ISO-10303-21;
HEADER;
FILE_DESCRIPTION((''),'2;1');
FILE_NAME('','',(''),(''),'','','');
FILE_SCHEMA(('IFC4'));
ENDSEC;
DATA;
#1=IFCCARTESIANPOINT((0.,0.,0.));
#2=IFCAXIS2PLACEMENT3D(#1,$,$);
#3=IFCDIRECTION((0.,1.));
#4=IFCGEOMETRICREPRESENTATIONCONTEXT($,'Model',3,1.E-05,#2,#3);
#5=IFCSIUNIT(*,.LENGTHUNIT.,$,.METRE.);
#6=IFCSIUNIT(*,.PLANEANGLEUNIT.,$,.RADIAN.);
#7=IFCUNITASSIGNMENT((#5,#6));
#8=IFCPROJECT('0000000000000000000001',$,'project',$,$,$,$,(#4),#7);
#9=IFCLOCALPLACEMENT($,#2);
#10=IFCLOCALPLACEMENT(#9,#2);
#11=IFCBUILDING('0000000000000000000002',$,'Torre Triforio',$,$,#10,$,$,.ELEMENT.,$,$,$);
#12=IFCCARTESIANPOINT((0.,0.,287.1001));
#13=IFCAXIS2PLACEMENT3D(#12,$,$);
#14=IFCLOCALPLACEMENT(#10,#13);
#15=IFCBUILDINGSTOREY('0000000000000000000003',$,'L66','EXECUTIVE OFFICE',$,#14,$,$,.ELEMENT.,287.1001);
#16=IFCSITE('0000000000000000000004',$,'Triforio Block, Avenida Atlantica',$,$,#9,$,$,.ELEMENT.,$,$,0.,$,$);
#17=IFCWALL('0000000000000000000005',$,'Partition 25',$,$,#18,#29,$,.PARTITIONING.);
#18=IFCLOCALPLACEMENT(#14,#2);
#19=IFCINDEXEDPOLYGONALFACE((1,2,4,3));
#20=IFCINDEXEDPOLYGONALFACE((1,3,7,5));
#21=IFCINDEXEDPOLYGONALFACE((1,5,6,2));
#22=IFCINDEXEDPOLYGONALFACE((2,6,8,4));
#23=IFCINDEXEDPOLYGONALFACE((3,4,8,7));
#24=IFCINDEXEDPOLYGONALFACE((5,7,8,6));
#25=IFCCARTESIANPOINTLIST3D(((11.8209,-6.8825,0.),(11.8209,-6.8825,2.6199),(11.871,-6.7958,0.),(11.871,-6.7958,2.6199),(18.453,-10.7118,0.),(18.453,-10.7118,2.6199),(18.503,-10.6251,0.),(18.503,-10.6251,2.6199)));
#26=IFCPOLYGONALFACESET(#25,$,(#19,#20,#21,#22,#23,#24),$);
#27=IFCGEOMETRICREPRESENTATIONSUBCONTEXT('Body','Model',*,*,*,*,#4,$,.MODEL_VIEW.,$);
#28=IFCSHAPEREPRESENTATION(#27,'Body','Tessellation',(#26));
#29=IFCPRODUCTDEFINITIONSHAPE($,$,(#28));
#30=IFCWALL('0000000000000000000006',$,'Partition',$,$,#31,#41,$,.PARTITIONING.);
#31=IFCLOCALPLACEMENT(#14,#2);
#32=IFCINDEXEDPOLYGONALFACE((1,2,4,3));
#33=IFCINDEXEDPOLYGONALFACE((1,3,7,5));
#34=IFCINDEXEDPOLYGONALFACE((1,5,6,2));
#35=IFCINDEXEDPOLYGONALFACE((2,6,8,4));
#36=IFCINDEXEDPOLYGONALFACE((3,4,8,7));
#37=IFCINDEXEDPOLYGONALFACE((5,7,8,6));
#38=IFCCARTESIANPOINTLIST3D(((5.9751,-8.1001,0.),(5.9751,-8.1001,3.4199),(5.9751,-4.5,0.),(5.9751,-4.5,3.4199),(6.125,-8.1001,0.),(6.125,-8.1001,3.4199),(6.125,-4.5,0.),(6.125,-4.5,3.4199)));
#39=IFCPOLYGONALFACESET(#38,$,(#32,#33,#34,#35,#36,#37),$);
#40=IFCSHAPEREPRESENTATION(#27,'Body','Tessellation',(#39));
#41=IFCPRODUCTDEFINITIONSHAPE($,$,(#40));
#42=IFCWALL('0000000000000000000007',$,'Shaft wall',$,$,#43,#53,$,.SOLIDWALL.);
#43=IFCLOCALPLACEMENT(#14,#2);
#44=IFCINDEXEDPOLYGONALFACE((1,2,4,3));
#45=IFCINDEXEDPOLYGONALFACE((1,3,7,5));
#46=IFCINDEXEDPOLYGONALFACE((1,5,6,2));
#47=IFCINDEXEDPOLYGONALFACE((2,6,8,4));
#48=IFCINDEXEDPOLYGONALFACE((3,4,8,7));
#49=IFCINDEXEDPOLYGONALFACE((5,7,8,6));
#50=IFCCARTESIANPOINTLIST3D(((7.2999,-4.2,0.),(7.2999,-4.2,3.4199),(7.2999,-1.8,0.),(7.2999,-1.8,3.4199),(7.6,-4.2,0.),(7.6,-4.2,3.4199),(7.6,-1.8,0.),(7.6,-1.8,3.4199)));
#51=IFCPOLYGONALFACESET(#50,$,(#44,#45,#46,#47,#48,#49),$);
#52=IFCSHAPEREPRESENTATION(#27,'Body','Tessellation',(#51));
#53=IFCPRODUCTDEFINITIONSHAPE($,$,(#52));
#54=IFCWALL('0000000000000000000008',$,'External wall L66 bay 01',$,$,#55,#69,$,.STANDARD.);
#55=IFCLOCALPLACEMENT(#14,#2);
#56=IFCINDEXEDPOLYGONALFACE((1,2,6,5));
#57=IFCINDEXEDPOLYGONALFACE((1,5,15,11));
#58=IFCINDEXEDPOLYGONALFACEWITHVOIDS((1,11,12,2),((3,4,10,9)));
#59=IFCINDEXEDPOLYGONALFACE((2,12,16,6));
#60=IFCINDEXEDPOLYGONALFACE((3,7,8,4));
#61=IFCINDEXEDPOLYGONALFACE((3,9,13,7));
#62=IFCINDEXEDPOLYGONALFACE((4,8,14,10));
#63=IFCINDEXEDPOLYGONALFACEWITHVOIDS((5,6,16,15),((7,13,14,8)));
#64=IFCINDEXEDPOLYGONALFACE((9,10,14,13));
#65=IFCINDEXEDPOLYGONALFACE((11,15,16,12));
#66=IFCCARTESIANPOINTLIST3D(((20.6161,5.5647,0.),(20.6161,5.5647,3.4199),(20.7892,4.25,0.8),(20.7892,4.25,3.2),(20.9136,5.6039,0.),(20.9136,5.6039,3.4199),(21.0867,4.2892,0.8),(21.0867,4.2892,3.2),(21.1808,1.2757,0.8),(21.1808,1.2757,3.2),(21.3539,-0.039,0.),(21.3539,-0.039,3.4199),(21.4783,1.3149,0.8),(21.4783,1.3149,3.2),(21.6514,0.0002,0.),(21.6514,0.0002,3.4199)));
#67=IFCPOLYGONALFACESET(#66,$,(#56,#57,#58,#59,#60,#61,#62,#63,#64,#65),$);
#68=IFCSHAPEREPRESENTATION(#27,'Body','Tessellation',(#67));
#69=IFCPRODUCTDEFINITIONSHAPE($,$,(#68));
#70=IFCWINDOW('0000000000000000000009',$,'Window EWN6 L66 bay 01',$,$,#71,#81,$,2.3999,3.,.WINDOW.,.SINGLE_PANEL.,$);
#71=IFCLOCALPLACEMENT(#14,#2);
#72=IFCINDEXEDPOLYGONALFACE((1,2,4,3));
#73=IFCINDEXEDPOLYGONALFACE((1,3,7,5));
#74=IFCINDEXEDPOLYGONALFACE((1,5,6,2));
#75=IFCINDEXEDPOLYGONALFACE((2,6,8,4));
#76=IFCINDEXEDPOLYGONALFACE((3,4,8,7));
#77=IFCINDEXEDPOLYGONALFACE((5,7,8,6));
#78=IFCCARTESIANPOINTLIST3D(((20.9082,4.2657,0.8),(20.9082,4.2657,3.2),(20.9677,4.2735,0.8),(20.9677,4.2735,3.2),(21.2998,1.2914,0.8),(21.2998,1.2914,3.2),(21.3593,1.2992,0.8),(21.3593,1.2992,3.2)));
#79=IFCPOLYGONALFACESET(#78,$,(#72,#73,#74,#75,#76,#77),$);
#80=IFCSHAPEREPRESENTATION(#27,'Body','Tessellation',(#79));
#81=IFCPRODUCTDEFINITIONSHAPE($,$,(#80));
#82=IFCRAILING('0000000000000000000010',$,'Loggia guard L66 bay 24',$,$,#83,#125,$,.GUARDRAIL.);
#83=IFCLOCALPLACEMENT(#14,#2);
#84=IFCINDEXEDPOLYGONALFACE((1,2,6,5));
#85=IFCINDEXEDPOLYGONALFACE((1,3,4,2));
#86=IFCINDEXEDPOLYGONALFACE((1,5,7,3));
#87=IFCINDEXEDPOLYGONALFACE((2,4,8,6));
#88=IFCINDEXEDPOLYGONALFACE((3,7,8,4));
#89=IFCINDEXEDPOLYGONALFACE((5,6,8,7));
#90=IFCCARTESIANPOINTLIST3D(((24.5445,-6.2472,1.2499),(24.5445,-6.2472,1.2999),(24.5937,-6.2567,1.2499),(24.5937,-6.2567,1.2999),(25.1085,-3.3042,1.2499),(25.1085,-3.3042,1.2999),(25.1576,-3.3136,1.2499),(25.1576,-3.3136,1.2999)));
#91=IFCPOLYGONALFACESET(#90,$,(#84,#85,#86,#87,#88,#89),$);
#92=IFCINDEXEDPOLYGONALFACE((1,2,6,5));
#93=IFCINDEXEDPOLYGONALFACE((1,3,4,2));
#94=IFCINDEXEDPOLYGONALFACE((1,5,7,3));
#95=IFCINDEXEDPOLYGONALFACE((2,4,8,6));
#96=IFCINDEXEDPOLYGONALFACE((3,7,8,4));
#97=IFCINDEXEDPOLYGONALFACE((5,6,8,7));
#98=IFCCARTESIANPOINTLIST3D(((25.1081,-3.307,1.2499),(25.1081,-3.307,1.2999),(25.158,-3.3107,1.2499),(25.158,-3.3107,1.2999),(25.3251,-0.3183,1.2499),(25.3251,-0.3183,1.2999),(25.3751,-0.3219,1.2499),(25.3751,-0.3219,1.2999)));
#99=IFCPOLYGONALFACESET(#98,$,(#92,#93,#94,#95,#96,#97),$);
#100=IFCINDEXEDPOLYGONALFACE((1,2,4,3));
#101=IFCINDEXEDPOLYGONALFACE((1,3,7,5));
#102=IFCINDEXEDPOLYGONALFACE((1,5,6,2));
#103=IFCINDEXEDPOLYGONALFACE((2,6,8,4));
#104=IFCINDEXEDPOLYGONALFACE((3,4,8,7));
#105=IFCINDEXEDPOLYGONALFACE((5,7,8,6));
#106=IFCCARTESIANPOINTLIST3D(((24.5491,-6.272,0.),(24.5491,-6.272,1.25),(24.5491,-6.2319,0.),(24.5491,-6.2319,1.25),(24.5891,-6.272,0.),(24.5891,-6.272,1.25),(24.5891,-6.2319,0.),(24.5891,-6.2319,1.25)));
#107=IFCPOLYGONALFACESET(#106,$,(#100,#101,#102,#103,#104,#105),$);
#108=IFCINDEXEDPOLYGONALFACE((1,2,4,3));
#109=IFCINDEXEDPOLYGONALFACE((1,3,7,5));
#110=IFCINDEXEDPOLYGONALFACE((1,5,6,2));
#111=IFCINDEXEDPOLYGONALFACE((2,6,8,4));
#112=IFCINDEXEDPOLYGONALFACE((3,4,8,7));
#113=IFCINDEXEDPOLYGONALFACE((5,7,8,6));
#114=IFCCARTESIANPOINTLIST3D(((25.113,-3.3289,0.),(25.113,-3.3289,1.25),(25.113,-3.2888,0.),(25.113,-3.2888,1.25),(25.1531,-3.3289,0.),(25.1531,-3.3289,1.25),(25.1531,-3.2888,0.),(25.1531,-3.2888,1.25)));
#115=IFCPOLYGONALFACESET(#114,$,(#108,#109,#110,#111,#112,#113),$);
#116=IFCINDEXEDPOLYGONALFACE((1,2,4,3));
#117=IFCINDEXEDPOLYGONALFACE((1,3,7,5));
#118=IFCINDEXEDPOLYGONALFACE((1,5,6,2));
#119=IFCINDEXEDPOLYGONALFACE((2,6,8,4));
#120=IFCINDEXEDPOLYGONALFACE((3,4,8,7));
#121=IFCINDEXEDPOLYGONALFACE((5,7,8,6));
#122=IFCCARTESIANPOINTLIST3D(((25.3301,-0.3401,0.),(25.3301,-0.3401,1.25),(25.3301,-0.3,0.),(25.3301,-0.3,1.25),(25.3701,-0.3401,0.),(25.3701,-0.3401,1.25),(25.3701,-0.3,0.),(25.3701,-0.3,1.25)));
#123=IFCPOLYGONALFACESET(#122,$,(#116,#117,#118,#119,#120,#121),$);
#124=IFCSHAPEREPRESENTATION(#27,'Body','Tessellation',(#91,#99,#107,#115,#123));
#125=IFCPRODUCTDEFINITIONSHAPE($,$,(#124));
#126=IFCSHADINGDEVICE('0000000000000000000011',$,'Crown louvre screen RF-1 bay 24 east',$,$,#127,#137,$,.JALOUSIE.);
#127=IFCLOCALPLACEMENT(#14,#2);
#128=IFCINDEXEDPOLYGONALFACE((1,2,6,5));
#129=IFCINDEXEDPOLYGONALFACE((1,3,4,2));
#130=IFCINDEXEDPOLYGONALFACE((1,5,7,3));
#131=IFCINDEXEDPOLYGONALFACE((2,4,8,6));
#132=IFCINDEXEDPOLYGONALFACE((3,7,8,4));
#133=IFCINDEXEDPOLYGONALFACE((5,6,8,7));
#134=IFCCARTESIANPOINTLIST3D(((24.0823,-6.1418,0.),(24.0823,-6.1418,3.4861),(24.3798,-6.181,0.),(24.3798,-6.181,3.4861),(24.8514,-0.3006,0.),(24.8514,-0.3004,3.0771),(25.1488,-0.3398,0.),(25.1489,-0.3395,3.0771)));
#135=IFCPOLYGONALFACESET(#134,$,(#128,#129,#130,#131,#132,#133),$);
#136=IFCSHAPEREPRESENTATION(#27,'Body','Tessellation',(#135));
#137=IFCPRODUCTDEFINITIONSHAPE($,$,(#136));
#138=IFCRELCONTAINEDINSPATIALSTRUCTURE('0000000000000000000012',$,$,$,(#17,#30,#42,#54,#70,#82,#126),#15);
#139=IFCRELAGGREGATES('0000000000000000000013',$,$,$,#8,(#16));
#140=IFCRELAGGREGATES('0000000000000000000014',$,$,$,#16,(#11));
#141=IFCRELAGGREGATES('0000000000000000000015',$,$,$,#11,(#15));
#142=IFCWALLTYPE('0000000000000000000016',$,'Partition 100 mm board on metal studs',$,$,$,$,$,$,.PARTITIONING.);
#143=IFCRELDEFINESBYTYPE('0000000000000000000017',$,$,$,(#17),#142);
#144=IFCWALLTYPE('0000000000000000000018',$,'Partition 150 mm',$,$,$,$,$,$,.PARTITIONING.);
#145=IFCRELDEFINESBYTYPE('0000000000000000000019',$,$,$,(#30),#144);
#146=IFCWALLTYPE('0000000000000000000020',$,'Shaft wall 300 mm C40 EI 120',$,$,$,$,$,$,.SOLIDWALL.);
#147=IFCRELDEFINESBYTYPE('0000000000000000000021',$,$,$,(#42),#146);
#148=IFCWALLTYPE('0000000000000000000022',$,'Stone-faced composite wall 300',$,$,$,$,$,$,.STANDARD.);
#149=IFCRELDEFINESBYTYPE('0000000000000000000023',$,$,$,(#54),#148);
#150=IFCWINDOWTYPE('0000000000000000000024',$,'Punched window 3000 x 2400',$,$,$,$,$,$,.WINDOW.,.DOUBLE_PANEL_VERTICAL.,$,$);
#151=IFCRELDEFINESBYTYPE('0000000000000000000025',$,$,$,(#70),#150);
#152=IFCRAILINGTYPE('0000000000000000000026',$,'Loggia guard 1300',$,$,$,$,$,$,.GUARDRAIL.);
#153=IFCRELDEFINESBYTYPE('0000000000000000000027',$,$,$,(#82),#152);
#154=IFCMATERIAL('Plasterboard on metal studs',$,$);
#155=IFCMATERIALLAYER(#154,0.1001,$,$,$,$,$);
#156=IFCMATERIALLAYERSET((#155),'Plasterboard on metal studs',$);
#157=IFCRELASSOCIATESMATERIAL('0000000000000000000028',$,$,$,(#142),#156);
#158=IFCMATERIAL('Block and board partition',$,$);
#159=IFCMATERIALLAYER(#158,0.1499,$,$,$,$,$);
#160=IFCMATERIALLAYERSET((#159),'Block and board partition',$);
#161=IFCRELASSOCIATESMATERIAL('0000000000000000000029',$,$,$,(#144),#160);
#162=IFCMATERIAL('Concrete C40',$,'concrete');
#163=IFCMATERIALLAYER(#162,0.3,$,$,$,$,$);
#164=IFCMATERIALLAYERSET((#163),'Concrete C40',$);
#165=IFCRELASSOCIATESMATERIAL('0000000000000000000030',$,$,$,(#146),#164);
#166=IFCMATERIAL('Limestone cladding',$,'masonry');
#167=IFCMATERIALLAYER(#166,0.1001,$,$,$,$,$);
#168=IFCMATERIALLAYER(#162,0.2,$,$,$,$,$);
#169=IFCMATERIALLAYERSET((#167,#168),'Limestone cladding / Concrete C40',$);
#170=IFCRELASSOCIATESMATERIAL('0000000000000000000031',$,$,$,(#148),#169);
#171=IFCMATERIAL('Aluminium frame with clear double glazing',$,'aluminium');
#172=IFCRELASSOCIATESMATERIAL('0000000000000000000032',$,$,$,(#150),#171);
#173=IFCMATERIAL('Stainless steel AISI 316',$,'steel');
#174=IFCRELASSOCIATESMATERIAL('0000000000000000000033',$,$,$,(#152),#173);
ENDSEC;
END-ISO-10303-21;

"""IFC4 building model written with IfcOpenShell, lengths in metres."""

from ifc_helpers import new_model, si_unit, direction, frame, frame_2d, origin, origin_2d, place, context, subcontext, project, spatial, polyline, rectangle, outline, extrude, material, layer, layer_set, type_object, element, fill, save


model = new_model("IFC4")

# Units and contexts
model_context = context("Model", 3, precision=1e-05, world=origin(), true_north=direction((0.0, 1.0)))
body_context = subcontext(model_context, "Body", "Model", "MODEL_VIEW")
ifc_project = project(units=[si_unit("LENGTHUNIT", "METRE"), si_unit("PLANEANGLEUNIT", "RADIAN")], contexts=[model_context])

# Site, building, storey
site_placement = place(None, origin())
site = spatial("IfcSite", under=ifc_project, at=site_placement, Name="Triforio Block, Avenida Atlantica", CompositionType="ELEMENT", RefElevation=0.0)
building_placement = place(site_placement, origin())
building = spatial("IfcBuilding", under=site, at=building_placement, Name="Torre Triforio", CompositionType="ELEMENT")
storey_placement = place(building_placement, frame((0.0, 0.0, 287.1001)))
storey = spatial("IfcBuildingStorey", under=building, at=storey_placement, Name="L66", Description="EXECUTIVE OFFICE", CompositionType="ELEMENT", Elevation=287.1001)

# Shared definitions
ifc_material_1 = material(Name="Concrete C40", Category="concrete")

# Shared definitions
ifc_material_2 = material(Name="Plasterboard on metal studs")

# Walls
ifc_layer_1 = layer(ifc_material_2, 0.1001)
ifc_layer_set_1 = layer_set([ifc_layer_1], Name="Plasterboard on metal studs")
wall_type_1 = type_object("IfcWallType", Name="Partition 100 mm board on metal studs", PredefinedType="PARTITIONING", material=ifc_layer_set_1)
wall_1_placement = place(storey_placement, frame((11.8459, -6.8391, 0.0), z_axis=(0.0, 0.0, 1.0), x_axis=(0.866008, -0.500031, 0.0)))
element("IfcWall", 1, at=wall_1_placement, inside=storey, type_object=wall_type_1, Name="Partition 25", PredefinedType="PARTITIONING", context=body_context, shape_type="SweptSolid", body=[
    extrude(rectangle(XDim=7.6582, YDim=0.1001, at=frame_2d((3.8291, 0.0))), origin(), (0.0, 0.0, 1.0), 2.6199),
])
ifc_material_3 = material(Name="Block and board partition")
ifc_layer_2 = layer(ifc_material_3, 0.1499)
ifc_layer_set_2 = layer_set([ifc_layer_2], Name="Block and board partition")
wall_type_2 = type_object("IfcWallType", Name="Partition 150 mm", PredefinedType="PARTITIONING", material=ifc_layer_set_2)
wall_2_placement = place(storey_placement, frame((6.05, -8.1001, 0.0), z_axis=(0.0, 0.0, 1.0), x_axis=(0.0, 1.0, 0.0)))
element("IfcWall", 2, at=wall_2_placement, inside=storey, type_object=wall_type_2, Name="Partition", PredefinedType="PARTITIONING", context=body_context, shape_type="SweptSolid", body=[
    extrude(rectangle(XDim=3.6001, YDim=0.1499, at=frame_2d((1.8, 0.0))), origin(), (0.0, 0.0, 1.0), 3.4199),
])
ifc_layer_3 = layer(ifc_material_1, 0.3)
ifc_layer_set_3 = layer_set([ifc_layer_3], Name="Concrete C40")
wall_type_3 = type_object("IfcWallType", Name="Shaft wall 300 mm C40 EI 120", PredefinedType="SOLIDWALL", material=ifc_layer_set_3)
wall_3_placement = place(storey_placement, frame((7.45, -4.2, 0.0), z_axis=(0.0, 0.0, 1.0), x_axis=(0.0, 1.0, 0.0)))
element("IfcWall", 3, at=wall_3_placement, inside=storey, type_object=wall_type_3, Name="Shaft wall", PredefinedType="SOLIDWALL", context=body_context, shape_type="SweptSolid", body=[
    extrude(rectangle(XDim=2.3999, YDim=0.3, at=frame_2d((1.2, 0.0))), origin(), (0.0, 0.0, 1.0), 3.4199),
])

# Wall, opening, window
ifc_material_4 = material(Name="Limestone cladding", Category="masonry")
ifc_layer_4 = layer(ifc_material_4, 0.1001)
ifc_layer_5 = layer(ifc_material_1, 0.2)
ifc_layer_set_4 = layer_set([ifc_layer_4, ifc_layer_5], Name="Limestone cladding / Concrete C40")
wall_type_4 = type_object("IfcWallType", Name="Stone-faced composite wall 300", PredefinedType="STANDARD", material=ifc_layer_set_4)
wall_4_placement = place(storey_placement, frame((21.5027, -0.0195, 0.0), z_axis=(0.0, 0.0, 1.0), x_axis=(-0.130534, 0.991444, 0.0)))
wall_4 = element("IfcWall", 4, at=wall_4_placement, inside=storey, type_object=wall_type_4, Name="External wall L66 bay 01", PredefinedType="STANDARD", context=body_context, shape_type="SweptSolid", body=[
    extrude(rectangle(XDim=5.6521, YDim=0.3, at=frame_2d((2.8262, 0.0))), origin(), (0.0, 0.0, 1.0), 3.4199),
])
opening_1_placement = place(wall_4_placement, frame((1.3262, 0.0, 0.8)))
opening_1 = element("IfcOpeningElement", 5, at=opening_1_placement, cuts=wall_4, PredefinedType="OPENING", context=body_context, shape_type="SweptSolid", body=[
    extrude(rectangle(XDim=3.0, YDim=2.3999, at=frame_2d((1.5, 1.2))), frame((0.0, 0.1599, 0.0), z_axis=(0.0, -1.0, 0.0), x_axis=(1.0, 0.0, 0.0)), (0.0, 0.0, 1.0), 0.3201),
])
ifc_material_5 = material(Name="Aluminium frame with clear double glazing", Category="aluminium")
window_type_1 = type_object("IfcWindowType", Name="Punched window 3000 x 2400", PartitioningType="DOUBLE_PANEL_VERTICAL", PredefinedType="WINDOW", material=ifc_material_5)
window_1_placement = place(opening_1_placement, origin())
window_1 = element("IfcWindow", 6, at=window_1_placement, inside=storey, type_object=window_type_1, Name="Window EWN6 L66 bay 01", OverallHeight=2.3999, OverallWidth=3.0, PartitioningType="SINGLE_PANEL", PredefinedType="WINDOW", context=body_context, shape_type="SweptSolid", body=[
    extrude(rectangle(XDim=3.0, YDim=2.3999, at=frame_2d((1.5, 1.2))), frame((0.0, 0.03, 0.0), z_axis=(0.0, -1.0, 0.0), x_axis=(1.0, 0.0, 0.0)), (0.0, 0.0, 1.0), 0.0601),
])
fill(opening_1, window_1)

# Railing
ifc_material_6 = material(Name="Stainless steel AISI 316", Category="steel")
railing_type = type_object("IfcRailingType", Name="Loggia guard 1300", PredefinedType="GUARDRAIL", material=ifc_material_6)
railing_placement = place(storey_placement, frame((24.5691, -6.252, 0.0)))
element("IfcRailing", 7, at=railing_placement, inside=storey, type_object=railing_type, Name="Loggia guard L66 bay 24", PredefinedType="GUARDRAIL", context=body_context, shape_type="SweptSolid", body=[
    extrude(rectangle(XDim=0.05, YDim=0.05, at=origin_2d()), frame((0.0, 0.0, 1.2749), z_axis=(0.188198, 0.982131, 0.0), x_axis=(-0.982131, 0.188198, 0.0)), (0.0, 0.0, 1.0), 2.9966),
    extrude(rectangle(XDim=0.05, YDim=0.05, at=origin_2d()), frame((0.564, 2.9431, 1.2749), z_axis=(0.072428, 0.997374, 0.0), x_axis=(-0.997374, 0.072428, 0.0)), (0.0, 0.0, 1.0), 2.9966),
    extrude(rectangle(XDim=0.04, YDim=0.04, at=origin_2d()), origin(), (0.0, 0.0, 1.0), 1.25),
    extrude(rectangle(XDim=0.04, YDim=0.04, at=origin_2d()), frame((0.564, 2.9431, 0.0)), (0.0, 0.0, 1.0), 1.25),
    extrude(rectangle(XDim=0.04, YDim=0.04, at=origin_2d()), frame((0.781, 5.9319, 0.0)), (0.0, 0.0, 1.0), 1.25),
])

# Shading device
shading_device_placement = place(storey_placement, frame((24.231, -6.1614, 0.0), z_axis=(0.0, 0.0, 1.0), x_axis=(0.13053, 0.991444, 0.0)))
element("IfcShadingDevice", 8, at=shading_device_placement, inside=storey, Name="Crown louvre screen RF-1 bay 24 east", PredefinedType="JALOUSIE", context=body_context, shape_type="SweptSolid", body=[
    extrude(outline(polyline([(0.0, 0.0), (5.8916, 0.0), (5.8918, 3.0771), (0.0, 3.4861), (0.0, 0.0)])), frame((0.0, 0.1499, 0.0), z_axis=(0.0, -1.0, 0.0), x_axis=(1.0, 0.0, 0.0)), (0.0, 0.0, 1.0), 0.3),
])

save(model, "model.ifc")
